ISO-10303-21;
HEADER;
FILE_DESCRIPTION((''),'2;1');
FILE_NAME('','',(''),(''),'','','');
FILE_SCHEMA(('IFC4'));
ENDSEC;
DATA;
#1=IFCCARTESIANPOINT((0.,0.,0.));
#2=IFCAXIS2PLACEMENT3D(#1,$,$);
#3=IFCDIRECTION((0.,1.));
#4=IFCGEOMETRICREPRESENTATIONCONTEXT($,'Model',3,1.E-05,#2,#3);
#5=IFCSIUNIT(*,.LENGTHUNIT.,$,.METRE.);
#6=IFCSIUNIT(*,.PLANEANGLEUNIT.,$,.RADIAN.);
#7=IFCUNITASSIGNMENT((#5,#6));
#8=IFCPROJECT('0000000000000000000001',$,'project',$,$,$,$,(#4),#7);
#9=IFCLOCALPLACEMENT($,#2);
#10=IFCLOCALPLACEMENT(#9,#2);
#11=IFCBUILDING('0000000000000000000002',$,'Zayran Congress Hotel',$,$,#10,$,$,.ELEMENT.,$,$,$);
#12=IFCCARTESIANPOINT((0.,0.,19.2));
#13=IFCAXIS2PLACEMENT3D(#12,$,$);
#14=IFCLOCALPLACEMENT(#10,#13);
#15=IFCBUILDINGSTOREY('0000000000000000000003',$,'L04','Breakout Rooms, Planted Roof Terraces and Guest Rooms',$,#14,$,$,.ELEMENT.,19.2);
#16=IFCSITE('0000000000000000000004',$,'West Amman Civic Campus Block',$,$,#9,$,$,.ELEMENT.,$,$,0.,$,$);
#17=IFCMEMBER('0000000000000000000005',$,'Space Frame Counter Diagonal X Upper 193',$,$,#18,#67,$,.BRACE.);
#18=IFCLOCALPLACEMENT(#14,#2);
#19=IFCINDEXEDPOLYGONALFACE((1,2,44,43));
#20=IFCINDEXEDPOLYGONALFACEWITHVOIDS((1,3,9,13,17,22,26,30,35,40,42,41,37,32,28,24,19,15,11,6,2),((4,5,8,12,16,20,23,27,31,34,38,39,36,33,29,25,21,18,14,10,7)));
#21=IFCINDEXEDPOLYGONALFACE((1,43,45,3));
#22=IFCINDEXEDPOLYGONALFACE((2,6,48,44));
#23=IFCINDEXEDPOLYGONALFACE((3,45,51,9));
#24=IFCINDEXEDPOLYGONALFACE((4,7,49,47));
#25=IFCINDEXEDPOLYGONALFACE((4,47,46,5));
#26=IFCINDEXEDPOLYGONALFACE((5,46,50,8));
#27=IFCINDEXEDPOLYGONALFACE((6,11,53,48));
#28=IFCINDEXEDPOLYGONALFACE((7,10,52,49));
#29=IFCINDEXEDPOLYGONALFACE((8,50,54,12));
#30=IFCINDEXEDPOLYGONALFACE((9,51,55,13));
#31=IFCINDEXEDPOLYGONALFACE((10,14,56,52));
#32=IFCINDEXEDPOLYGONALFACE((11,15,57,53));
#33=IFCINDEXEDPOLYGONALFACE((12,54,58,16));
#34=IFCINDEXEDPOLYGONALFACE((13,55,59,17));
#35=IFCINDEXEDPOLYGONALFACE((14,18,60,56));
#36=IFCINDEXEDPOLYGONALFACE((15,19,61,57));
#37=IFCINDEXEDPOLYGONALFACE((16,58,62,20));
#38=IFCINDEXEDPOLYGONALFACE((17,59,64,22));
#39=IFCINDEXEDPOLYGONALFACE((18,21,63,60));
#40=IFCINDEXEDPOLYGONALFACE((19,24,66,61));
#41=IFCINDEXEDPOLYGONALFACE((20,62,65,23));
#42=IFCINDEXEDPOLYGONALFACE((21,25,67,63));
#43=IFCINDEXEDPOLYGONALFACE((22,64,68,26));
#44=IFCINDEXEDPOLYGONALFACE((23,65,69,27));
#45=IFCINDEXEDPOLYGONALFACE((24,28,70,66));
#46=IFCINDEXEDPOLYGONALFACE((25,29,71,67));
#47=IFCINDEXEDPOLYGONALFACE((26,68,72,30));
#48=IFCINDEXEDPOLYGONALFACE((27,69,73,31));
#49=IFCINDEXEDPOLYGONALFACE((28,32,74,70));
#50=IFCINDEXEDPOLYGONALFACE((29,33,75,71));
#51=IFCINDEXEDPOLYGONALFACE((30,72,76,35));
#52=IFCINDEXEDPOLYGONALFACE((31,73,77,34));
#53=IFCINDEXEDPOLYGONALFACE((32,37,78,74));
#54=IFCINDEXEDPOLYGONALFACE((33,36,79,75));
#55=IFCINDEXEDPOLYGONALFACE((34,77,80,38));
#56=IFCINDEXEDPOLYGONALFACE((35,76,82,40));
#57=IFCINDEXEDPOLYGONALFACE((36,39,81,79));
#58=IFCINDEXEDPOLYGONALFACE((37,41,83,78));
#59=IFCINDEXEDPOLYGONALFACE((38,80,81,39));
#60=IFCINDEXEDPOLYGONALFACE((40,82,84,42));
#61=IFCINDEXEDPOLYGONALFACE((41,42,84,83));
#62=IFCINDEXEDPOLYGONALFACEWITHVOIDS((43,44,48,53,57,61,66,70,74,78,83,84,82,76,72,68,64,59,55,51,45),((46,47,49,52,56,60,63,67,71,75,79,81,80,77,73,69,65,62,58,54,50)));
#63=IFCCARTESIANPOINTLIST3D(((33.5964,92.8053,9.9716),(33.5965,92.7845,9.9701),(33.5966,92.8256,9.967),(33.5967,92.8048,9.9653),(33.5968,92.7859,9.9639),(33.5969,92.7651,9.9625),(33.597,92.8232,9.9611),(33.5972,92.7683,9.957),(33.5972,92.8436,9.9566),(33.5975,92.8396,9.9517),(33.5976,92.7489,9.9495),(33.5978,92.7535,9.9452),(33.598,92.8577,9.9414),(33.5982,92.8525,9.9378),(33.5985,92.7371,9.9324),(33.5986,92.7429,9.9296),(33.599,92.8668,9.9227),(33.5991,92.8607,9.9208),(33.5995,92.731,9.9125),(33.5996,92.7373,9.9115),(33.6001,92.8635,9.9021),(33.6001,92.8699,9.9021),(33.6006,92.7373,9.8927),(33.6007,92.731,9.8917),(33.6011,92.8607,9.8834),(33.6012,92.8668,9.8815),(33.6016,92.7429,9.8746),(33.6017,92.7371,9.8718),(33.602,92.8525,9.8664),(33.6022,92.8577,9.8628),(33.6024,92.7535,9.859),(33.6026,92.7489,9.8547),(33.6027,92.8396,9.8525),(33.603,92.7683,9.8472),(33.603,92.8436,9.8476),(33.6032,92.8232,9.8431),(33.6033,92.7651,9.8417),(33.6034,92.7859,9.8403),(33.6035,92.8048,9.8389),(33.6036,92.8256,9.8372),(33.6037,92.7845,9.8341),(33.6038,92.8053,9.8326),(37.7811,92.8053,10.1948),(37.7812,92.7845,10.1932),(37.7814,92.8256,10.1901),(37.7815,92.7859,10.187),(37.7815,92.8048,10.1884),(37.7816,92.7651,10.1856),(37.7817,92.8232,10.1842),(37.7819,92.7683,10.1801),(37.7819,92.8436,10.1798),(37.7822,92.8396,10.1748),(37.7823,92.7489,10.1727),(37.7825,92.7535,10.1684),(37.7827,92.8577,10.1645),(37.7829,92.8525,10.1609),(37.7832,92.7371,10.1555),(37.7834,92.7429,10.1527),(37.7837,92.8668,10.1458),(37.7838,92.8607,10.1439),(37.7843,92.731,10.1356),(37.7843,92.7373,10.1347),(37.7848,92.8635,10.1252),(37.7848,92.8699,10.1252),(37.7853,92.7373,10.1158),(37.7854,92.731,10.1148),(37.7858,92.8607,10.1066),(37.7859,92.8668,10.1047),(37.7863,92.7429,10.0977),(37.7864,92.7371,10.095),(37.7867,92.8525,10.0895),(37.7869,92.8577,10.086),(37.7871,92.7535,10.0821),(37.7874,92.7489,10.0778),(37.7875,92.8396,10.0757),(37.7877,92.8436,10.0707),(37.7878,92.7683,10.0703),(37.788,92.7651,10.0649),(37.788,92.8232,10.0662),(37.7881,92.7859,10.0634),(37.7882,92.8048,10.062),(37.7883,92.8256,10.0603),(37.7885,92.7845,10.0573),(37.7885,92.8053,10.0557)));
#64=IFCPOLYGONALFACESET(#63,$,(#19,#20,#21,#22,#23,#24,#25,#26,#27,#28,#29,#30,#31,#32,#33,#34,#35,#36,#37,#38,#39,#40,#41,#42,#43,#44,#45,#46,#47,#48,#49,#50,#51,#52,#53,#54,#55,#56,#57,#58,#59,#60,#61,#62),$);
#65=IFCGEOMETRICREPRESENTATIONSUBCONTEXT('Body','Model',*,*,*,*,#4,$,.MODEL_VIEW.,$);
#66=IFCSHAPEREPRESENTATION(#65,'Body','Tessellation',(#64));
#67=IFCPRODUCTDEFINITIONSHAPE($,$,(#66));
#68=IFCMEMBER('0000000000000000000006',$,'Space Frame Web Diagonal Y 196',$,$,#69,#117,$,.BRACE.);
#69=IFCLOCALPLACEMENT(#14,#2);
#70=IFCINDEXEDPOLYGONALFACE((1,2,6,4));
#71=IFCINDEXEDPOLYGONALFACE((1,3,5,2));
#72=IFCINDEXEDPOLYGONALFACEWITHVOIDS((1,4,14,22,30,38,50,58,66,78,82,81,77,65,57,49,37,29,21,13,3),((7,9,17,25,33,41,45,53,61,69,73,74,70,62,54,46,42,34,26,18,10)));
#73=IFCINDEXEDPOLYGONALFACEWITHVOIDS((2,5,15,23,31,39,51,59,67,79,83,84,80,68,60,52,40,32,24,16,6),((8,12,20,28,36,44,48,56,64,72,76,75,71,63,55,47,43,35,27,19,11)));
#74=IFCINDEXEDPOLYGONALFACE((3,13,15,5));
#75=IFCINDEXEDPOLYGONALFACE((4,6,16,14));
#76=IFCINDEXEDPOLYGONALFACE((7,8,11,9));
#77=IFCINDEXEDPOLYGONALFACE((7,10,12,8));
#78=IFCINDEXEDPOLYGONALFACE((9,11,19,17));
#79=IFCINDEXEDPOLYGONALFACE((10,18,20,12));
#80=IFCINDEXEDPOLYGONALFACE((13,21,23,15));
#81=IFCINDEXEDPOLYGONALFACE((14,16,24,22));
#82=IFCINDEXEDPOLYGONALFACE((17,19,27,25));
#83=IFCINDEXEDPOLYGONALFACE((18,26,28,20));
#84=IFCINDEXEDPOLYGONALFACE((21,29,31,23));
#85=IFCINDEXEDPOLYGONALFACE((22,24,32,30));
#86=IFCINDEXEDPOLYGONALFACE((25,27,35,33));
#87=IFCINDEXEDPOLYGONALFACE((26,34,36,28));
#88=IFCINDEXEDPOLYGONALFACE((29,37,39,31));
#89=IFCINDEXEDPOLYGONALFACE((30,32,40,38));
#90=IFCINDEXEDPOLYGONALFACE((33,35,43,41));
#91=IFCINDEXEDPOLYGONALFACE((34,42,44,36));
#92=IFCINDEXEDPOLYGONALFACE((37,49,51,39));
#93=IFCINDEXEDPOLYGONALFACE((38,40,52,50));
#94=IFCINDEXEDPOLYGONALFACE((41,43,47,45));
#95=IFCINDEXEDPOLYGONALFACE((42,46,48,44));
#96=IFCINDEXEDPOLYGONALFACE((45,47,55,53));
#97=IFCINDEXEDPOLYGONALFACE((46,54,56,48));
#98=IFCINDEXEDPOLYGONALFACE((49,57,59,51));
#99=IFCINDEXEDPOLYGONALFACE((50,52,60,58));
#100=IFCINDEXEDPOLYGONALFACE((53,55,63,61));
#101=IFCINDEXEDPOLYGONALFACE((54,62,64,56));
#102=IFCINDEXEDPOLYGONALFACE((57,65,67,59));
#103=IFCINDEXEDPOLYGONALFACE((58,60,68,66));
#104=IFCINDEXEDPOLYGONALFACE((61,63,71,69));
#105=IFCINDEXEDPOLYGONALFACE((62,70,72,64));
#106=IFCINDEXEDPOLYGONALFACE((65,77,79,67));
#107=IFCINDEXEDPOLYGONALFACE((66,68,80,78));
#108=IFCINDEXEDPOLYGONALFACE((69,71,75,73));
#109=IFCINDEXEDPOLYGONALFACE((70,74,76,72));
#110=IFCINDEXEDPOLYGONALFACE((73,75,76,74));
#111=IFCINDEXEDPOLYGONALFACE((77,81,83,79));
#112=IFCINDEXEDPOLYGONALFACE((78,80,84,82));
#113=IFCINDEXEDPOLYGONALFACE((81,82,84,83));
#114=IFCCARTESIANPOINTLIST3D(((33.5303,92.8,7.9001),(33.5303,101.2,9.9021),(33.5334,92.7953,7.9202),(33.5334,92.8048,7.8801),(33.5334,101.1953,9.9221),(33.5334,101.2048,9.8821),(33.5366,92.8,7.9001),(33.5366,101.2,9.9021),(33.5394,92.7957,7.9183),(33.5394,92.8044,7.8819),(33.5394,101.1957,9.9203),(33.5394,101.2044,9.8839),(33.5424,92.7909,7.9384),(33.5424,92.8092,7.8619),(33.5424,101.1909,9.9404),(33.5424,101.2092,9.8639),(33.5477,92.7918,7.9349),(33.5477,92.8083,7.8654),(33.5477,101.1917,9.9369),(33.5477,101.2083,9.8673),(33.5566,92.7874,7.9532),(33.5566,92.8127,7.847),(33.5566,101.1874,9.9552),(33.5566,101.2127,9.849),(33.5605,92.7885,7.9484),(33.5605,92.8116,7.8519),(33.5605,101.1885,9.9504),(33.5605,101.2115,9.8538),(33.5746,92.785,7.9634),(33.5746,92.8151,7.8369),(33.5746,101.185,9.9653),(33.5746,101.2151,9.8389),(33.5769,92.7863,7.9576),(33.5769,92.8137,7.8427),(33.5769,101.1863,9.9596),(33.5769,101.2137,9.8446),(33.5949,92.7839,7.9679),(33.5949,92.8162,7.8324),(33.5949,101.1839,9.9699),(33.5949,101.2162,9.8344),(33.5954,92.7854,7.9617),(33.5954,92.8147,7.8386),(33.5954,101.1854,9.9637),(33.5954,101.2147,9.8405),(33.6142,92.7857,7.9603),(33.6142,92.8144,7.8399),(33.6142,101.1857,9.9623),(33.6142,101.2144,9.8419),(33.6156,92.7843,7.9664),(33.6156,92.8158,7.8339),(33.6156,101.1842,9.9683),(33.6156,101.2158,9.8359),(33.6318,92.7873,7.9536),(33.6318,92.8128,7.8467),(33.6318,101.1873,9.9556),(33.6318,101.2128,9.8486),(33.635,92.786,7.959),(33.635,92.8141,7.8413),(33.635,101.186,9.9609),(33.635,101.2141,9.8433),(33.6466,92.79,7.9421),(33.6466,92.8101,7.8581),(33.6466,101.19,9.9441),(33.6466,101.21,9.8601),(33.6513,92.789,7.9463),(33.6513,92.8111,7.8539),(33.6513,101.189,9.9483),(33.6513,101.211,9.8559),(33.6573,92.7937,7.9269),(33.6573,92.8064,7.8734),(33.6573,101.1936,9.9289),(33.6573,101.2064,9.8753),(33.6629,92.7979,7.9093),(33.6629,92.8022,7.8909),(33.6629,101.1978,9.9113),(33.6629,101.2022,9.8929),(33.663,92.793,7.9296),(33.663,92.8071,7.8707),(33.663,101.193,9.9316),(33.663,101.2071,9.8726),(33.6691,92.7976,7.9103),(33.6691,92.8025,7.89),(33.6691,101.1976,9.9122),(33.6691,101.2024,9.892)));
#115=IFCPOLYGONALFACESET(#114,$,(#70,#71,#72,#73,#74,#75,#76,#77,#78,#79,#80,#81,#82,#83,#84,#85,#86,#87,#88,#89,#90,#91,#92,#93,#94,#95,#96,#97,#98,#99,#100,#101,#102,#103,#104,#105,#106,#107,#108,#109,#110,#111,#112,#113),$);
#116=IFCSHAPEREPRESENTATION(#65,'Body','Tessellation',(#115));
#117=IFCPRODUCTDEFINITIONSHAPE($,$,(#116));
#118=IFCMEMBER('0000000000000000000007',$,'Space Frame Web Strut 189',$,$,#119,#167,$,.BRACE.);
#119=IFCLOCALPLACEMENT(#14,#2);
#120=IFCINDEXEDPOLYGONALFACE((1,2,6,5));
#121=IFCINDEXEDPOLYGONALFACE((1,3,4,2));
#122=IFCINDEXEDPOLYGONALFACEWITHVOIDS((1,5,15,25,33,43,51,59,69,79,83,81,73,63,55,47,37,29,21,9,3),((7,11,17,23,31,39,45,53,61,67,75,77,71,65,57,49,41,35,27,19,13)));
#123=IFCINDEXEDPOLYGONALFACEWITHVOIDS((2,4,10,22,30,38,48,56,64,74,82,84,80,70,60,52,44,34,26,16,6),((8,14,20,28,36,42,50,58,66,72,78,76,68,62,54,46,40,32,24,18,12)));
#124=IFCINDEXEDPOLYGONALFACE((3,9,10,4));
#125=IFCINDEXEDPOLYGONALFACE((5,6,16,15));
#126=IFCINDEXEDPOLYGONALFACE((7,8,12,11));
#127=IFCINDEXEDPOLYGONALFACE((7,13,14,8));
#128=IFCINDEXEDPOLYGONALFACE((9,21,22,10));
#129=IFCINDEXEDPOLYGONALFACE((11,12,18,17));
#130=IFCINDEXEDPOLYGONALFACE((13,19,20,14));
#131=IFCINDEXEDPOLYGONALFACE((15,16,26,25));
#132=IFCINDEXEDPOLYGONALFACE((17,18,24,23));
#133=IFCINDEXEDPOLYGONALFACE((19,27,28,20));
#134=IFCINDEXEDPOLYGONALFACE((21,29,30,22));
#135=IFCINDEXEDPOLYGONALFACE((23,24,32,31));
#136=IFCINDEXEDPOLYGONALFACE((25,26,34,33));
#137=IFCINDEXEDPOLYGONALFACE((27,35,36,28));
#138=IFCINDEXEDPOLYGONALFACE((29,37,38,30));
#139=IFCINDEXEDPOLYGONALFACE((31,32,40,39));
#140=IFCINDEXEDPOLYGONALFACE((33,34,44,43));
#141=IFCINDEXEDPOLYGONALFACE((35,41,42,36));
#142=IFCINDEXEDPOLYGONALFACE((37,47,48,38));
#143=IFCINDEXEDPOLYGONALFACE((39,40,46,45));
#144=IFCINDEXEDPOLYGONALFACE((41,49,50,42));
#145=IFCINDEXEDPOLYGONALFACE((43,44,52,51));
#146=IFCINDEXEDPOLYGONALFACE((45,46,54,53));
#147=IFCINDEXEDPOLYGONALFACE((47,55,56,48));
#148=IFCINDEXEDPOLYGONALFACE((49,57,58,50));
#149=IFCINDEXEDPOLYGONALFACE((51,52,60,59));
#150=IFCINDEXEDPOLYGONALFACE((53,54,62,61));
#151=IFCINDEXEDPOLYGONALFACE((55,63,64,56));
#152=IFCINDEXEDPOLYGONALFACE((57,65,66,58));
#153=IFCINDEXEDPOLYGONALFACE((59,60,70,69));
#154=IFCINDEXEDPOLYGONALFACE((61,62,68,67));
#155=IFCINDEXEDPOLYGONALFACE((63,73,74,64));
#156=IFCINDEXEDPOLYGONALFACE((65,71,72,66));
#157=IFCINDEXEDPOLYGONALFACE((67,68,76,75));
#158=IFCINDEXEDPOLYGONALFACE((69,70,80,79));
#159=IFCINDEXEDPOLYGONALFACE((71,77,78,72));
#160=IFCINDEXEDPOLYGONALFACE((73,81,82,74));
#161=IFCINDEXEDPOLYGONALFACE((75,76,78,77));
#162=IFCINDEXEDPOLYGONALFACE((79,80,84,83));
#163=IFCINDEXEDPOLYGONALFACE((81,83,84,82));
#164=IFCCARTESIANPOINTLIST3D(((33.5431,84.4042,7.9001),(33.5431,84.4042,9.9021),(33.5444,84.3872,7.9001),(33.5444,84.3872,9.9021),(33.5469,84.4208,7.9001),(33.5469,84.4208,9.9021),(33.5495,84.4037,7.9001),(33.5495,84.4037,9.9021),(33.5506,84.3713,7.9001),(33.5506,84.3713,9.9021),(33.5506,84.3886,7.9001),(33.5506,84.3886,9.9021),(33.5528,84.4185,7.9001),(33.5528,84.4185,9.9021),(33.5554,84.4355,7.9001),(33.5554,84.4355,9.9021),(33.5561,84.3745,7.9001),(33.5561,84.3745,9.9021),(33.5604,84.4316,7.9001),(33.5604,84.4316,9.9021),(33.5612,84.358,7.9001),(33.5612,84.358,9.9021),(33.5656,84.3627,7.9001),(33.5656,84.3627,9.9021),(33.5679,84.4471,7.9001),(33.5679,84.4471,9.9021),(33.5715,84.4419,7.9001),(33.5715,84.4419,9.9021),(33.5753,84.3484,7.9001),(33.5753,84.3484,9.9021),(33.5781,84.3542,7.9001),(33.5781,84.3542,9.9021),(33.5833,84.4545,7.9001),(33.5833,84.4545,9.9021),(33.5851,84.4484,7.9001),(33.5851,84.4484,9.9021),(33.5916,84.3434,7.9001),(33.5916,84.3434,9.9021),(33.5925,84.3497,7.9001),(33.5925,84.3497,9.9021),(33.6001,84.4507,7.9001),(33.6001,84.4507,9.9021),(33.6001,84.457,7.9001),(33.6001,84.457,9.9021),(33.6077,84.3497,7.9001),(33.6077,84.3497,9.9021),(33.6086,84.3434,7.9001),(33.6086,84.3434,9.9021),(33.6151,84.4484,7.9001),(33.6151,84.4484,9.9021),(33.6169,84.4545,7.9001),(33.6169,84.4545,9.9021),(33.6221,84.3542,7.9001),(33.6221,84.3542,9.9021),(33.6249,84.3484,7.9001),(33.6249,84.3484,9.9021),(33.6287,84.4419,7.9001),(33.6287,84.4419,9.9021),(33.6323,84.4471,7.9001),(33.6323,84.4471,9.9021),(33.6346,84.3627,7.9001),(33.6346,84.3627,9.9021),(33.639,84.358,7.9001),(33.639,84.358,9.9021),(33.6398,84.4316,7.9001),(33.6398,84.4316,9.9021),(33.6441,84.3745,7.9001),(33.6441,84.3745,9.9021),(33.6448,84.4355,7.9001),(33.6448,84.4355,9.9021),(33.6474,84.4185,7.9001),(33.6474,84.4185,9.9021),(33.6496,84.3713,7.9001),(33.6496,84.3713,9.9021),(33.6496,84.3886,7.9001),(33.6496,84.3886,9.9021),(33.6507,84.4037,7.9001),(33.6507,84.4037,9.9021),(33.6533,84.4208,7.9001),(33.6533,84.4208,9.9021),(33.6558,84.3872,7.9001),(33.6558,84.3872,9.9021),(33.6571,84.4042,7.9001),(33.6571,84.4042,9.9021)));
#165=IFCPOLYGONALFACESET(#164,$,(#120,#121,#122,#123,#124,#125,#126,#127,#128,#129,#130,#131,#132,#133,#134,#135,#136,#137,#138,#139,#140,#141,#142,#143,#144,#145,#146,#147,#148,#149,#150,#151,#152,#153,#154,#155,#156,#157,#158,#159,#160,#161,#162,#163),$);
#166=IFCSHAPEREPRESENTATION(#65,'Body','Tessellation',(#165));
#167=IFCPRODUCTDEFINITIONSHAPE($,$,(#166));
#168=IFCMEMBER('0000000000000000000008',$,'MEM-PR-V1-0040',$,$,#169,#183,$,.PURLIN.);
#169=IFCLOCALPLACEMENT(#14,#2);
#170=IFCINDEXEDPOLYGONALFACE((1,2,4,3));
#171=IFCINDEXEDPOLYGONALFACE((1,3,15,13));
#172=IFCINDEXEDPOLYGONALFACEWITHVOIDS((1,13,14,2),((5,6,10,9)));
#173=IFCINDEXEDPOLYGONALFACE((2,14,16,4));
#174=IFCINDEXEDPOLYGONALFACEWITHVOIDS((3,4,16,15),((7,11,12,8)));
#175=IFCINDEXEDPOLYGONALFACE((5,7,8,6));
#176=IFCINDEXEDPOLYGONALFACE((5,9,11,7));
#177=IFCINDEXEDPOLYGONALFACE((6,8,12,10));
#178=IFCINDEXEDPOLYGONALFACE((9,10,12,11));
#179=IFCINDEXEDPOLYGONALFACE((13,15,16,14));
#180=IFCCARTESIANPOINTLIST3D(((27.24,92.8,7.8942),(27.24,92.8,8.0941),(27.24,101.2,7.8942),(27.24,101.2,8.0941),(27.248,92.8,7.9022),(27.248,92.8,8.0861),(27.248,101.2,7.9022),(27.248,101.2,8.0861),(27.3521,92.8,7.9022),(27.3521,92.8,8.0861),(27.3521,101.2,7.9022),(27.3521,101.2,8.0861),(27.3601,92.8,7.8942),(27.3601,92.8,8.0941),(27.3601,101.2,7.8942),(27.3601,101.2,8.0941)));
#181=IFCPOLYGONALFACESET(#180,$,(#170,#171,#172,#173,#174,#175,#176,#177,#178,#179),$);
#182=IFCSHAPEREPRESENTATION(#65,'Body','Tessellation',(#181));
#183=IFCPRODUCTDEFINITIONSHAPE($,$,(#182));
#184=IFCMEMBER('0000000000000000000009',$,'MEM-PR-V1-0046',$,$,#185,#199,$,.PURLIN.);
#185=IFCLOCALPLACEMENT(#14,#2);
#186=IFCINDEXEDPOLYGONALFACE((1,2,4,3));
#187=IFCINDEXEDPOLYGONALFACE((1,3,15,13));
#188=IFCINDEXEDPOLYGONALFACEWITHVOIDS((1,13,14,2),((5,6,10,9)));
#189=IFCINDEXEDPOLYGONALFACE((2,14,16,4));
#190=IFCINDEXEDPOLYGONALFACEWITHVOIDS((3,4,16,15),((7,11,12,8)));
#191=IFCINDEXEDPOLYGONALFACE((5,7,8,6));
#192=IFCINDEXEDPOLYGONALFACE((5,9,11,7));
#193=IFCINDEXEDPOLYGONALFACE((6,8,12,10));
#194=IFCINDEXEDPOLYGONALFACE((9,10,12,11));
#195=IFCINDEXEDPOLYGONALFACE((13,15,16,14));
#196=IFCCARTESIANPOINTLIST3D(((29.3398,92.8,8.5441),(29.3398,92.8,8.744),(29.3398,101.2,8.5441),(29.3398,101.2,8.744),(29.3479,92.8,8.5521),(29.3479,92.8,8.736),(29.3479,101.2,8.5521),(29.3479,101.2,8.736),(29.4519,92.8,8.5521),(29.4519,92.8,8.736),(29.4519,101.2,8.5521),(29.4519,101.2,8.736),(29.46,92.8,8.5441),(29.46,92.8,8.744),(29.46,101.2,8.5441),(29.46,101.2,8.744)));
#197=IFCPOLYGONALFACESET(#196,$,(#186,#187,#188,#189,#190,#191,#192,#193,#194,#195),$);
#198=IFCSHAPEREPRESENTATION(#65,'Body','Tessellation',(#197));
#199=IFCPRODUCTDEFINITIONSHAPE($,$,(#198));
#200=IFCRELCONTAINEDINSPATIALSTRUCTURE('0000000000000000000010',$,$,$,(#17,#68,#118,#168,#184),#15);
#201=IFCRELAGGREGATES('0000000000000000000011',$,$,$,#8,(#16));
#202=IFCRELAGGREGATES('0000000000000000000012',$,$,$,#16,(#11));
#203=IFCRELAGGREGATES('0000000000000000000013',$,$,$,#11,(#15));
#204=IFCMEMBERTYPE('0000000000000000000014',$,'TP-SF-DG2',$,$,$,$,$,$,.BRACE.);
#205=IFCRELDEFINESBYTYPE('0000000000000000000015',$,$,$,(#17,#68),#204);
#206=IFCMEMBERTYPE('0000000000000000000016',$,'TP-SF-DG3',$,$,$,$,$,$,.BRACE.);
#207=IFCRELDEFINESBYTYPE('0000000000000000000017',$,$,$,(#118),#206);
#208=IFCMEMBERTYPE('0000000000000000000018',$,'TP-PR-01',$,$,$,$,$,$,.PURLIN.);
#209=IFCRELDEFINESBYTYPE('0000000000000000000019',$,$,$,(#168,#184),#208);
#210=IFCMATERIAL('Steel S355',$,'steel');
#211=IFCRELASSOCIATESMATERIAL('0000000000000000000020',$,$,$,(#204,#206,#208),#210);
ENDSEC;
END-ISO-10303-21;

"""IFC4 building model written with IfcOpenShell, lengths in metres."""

from ifc_helpers import new_model, si_unit, direction, frame, origin, origin_2d, place, context, subcontext, project, spatial, hollow_rectangle, hollow_circle, extrude, material, material_profile, profile_set, type_object, element, save


model = new_model("IFC4")

# Units and contexts
model_context = context("Model", 3, precision=1e-05, world=origin(), true_north=direction((0.0, 1.0)))
body_context = subcontext(model_context, "Body", "Model", "MODEL_VIEW")
ifc_project = project(units=[si_unit("LENGTHUNIT", "METRE"), si_unit("PLANEANGLEUNIT", "RADIAN")], contexts=[model_context])

# Site, building, storey
site_placement = place(None, origin())
site = spatial("IfcSite", under=ifc_project, at=site_placement, Name="West Amman Civic Campus Block", CompositionType="ELEMENT", RefElevation=0.0)
building_placement = place(site_placement, origin())
building = spatial("IfcBuilding", under=site, at=building_placement, Name="Zayran Congress Hotel", CompositionType="ELEMENT")
storey_placement = place(building_placement, frame((0.0, 0.0, 19.2)))
storey = spatial("IfcBuildingStorey", under=building, at=storey_placement, Name="L04", Description="Breakout Rooms, Planted Roof Terraces and Guest Rooms", CompositionType="ELEMENT", Elevation=19.2)

# Members
ifc_material_1 = material(Name="Steel S355", Category="steel")
ifc_material_profile_1 = material_profile(ifc_material_1, hollow_circle(Radius=0.0698, WallThickness=0.0063, at=origin_2d()), Name="CHS 139.7x6.3")
ifc_profile_set_1 = profile_set([ifc_material_profile_1], Name="Steel S355")
member_type_1 = type_object("IfcMemberType", Name="TP-SF-DG2", PredefinedType="BRACE", material=ifc_profile_set_1)
member_1_placement = place(storey_placement, frame((33.6001, 92.8, 9.9021), z_axis=(0.998581, 0.0, 0.053247), x_axis=(0.0, 1.0, 0.0)))
element("IfcMember", 1, at=member_1_placement, inside=storey, type_object=member_type_1, Name="Space Frame Counter Diagonal X Upper 193", PredefinedType="BRACE", context=body_context, shape_type="SweptSolid", body=[
    extrude(hollow_circle(Radius=0.0698, WallThickness=0.0063, at=origin_2d()), origin(), (0.0, 0.0, 1.0), 4.1907),
])
member_2_placement = place(storey_placement, frame((33.6001, 92.8, 7.9001), z_axis=(0.0, 0.972755, 0.231837), x_axis=(-1.0, 0.0, 0.0)))
element("IfcMember", 2, at=member_2_placement, inside=storey, type_object=member_type_1, Name="Space Frame Web Diagonal Y 196", PredefinedType="BRACE", context=body_context, shape_type="SweptSolid", body=[
    extrude(hollow_circle(Radius=0.0698, WallThickness=0.0063, at=origin_2d()), origin(), (0.0, 0.0, 1.0), 8.6353),
])
ifc_material_profile_2 = material_profile(ifc_material_1, hollow_circle(Radius=0.0571, WallThickness=0.0063, at=origin_2d()), Name="CHS 114.3x6.3")
ifc_profile_set_2 = profile_set([ifc_material_profile_2], Name="Steel S355")
member_type_2 = type_object("IfcMemberType", Name="TP-SF-DG3", PredefinedType="BRACE", material=ifc_profile_set_2)
member_3_placement = place(storey_placement, frame((33.6001, 84.3999, 7.9001), z_axis=(0.0, 0.0, 1.0), x_axis=(0.0, 1.0, 0.0)))
element("IfcMember", 3, at=member_3_placement, inside=storey, type_object=member_type_2, Name="Space Frame Web Strut 189", PredefinedType="BRACE", context=body_context, shape_type="SweptSolid", body=[
    extrude(hollow_circle(Radius=0.0571, WallThickness=0.0063, at=origin_2d()), origin(), (0.0, 0.0, 1.0), 2.002),
])
ifc_material_profile_3 = material_profile(ifc_material_1, hollow_rectangle(XDim=0.1201, YDim=0.2, WallThickness=0.0081, at=origin_2d()), Name="RHS 200x120x8")
ifc_profile_set_3 = profile_set([ifc_material_profile_3], Name="Steel S355")
member_type_3 = type_object("IfcMemberType", Name="TP-PR-01", PredefinedType="PURLIN", material=ifc_profile_set_3)
for number, where, z_axis, x_axis, name in (
    (4, (27.3, 92.8, 7.9941), (0.0, 1.0, 0.0), (-1.0, 0.0, 0.0), "MEM-PR-V1-0040"),
    (5, (29.3999, 92.8, 8.644), (0.0, 1.0, 0.0), (-1.0, 0.0, 0.0), "MEM-PR-V1-0046"),
):
    element("IfcMember", number, at=place(storey_placement, frame(where, z_axis=z_axis, x_axis=x_axis)), inside=storey, type_object=member_type_3, Name=name, PredefinedType="PURLIN", context=body_context, shape_type="SweptSolid", body=[
        extrude(hollow_rectangle(XDim=0.1201, YDim=0.2, WallThickness=0.0081, at=origin_2d()), origin(), (0.0, 0.0, 1.0), 8.3999),
    ])

save(model, "model.ifc")
